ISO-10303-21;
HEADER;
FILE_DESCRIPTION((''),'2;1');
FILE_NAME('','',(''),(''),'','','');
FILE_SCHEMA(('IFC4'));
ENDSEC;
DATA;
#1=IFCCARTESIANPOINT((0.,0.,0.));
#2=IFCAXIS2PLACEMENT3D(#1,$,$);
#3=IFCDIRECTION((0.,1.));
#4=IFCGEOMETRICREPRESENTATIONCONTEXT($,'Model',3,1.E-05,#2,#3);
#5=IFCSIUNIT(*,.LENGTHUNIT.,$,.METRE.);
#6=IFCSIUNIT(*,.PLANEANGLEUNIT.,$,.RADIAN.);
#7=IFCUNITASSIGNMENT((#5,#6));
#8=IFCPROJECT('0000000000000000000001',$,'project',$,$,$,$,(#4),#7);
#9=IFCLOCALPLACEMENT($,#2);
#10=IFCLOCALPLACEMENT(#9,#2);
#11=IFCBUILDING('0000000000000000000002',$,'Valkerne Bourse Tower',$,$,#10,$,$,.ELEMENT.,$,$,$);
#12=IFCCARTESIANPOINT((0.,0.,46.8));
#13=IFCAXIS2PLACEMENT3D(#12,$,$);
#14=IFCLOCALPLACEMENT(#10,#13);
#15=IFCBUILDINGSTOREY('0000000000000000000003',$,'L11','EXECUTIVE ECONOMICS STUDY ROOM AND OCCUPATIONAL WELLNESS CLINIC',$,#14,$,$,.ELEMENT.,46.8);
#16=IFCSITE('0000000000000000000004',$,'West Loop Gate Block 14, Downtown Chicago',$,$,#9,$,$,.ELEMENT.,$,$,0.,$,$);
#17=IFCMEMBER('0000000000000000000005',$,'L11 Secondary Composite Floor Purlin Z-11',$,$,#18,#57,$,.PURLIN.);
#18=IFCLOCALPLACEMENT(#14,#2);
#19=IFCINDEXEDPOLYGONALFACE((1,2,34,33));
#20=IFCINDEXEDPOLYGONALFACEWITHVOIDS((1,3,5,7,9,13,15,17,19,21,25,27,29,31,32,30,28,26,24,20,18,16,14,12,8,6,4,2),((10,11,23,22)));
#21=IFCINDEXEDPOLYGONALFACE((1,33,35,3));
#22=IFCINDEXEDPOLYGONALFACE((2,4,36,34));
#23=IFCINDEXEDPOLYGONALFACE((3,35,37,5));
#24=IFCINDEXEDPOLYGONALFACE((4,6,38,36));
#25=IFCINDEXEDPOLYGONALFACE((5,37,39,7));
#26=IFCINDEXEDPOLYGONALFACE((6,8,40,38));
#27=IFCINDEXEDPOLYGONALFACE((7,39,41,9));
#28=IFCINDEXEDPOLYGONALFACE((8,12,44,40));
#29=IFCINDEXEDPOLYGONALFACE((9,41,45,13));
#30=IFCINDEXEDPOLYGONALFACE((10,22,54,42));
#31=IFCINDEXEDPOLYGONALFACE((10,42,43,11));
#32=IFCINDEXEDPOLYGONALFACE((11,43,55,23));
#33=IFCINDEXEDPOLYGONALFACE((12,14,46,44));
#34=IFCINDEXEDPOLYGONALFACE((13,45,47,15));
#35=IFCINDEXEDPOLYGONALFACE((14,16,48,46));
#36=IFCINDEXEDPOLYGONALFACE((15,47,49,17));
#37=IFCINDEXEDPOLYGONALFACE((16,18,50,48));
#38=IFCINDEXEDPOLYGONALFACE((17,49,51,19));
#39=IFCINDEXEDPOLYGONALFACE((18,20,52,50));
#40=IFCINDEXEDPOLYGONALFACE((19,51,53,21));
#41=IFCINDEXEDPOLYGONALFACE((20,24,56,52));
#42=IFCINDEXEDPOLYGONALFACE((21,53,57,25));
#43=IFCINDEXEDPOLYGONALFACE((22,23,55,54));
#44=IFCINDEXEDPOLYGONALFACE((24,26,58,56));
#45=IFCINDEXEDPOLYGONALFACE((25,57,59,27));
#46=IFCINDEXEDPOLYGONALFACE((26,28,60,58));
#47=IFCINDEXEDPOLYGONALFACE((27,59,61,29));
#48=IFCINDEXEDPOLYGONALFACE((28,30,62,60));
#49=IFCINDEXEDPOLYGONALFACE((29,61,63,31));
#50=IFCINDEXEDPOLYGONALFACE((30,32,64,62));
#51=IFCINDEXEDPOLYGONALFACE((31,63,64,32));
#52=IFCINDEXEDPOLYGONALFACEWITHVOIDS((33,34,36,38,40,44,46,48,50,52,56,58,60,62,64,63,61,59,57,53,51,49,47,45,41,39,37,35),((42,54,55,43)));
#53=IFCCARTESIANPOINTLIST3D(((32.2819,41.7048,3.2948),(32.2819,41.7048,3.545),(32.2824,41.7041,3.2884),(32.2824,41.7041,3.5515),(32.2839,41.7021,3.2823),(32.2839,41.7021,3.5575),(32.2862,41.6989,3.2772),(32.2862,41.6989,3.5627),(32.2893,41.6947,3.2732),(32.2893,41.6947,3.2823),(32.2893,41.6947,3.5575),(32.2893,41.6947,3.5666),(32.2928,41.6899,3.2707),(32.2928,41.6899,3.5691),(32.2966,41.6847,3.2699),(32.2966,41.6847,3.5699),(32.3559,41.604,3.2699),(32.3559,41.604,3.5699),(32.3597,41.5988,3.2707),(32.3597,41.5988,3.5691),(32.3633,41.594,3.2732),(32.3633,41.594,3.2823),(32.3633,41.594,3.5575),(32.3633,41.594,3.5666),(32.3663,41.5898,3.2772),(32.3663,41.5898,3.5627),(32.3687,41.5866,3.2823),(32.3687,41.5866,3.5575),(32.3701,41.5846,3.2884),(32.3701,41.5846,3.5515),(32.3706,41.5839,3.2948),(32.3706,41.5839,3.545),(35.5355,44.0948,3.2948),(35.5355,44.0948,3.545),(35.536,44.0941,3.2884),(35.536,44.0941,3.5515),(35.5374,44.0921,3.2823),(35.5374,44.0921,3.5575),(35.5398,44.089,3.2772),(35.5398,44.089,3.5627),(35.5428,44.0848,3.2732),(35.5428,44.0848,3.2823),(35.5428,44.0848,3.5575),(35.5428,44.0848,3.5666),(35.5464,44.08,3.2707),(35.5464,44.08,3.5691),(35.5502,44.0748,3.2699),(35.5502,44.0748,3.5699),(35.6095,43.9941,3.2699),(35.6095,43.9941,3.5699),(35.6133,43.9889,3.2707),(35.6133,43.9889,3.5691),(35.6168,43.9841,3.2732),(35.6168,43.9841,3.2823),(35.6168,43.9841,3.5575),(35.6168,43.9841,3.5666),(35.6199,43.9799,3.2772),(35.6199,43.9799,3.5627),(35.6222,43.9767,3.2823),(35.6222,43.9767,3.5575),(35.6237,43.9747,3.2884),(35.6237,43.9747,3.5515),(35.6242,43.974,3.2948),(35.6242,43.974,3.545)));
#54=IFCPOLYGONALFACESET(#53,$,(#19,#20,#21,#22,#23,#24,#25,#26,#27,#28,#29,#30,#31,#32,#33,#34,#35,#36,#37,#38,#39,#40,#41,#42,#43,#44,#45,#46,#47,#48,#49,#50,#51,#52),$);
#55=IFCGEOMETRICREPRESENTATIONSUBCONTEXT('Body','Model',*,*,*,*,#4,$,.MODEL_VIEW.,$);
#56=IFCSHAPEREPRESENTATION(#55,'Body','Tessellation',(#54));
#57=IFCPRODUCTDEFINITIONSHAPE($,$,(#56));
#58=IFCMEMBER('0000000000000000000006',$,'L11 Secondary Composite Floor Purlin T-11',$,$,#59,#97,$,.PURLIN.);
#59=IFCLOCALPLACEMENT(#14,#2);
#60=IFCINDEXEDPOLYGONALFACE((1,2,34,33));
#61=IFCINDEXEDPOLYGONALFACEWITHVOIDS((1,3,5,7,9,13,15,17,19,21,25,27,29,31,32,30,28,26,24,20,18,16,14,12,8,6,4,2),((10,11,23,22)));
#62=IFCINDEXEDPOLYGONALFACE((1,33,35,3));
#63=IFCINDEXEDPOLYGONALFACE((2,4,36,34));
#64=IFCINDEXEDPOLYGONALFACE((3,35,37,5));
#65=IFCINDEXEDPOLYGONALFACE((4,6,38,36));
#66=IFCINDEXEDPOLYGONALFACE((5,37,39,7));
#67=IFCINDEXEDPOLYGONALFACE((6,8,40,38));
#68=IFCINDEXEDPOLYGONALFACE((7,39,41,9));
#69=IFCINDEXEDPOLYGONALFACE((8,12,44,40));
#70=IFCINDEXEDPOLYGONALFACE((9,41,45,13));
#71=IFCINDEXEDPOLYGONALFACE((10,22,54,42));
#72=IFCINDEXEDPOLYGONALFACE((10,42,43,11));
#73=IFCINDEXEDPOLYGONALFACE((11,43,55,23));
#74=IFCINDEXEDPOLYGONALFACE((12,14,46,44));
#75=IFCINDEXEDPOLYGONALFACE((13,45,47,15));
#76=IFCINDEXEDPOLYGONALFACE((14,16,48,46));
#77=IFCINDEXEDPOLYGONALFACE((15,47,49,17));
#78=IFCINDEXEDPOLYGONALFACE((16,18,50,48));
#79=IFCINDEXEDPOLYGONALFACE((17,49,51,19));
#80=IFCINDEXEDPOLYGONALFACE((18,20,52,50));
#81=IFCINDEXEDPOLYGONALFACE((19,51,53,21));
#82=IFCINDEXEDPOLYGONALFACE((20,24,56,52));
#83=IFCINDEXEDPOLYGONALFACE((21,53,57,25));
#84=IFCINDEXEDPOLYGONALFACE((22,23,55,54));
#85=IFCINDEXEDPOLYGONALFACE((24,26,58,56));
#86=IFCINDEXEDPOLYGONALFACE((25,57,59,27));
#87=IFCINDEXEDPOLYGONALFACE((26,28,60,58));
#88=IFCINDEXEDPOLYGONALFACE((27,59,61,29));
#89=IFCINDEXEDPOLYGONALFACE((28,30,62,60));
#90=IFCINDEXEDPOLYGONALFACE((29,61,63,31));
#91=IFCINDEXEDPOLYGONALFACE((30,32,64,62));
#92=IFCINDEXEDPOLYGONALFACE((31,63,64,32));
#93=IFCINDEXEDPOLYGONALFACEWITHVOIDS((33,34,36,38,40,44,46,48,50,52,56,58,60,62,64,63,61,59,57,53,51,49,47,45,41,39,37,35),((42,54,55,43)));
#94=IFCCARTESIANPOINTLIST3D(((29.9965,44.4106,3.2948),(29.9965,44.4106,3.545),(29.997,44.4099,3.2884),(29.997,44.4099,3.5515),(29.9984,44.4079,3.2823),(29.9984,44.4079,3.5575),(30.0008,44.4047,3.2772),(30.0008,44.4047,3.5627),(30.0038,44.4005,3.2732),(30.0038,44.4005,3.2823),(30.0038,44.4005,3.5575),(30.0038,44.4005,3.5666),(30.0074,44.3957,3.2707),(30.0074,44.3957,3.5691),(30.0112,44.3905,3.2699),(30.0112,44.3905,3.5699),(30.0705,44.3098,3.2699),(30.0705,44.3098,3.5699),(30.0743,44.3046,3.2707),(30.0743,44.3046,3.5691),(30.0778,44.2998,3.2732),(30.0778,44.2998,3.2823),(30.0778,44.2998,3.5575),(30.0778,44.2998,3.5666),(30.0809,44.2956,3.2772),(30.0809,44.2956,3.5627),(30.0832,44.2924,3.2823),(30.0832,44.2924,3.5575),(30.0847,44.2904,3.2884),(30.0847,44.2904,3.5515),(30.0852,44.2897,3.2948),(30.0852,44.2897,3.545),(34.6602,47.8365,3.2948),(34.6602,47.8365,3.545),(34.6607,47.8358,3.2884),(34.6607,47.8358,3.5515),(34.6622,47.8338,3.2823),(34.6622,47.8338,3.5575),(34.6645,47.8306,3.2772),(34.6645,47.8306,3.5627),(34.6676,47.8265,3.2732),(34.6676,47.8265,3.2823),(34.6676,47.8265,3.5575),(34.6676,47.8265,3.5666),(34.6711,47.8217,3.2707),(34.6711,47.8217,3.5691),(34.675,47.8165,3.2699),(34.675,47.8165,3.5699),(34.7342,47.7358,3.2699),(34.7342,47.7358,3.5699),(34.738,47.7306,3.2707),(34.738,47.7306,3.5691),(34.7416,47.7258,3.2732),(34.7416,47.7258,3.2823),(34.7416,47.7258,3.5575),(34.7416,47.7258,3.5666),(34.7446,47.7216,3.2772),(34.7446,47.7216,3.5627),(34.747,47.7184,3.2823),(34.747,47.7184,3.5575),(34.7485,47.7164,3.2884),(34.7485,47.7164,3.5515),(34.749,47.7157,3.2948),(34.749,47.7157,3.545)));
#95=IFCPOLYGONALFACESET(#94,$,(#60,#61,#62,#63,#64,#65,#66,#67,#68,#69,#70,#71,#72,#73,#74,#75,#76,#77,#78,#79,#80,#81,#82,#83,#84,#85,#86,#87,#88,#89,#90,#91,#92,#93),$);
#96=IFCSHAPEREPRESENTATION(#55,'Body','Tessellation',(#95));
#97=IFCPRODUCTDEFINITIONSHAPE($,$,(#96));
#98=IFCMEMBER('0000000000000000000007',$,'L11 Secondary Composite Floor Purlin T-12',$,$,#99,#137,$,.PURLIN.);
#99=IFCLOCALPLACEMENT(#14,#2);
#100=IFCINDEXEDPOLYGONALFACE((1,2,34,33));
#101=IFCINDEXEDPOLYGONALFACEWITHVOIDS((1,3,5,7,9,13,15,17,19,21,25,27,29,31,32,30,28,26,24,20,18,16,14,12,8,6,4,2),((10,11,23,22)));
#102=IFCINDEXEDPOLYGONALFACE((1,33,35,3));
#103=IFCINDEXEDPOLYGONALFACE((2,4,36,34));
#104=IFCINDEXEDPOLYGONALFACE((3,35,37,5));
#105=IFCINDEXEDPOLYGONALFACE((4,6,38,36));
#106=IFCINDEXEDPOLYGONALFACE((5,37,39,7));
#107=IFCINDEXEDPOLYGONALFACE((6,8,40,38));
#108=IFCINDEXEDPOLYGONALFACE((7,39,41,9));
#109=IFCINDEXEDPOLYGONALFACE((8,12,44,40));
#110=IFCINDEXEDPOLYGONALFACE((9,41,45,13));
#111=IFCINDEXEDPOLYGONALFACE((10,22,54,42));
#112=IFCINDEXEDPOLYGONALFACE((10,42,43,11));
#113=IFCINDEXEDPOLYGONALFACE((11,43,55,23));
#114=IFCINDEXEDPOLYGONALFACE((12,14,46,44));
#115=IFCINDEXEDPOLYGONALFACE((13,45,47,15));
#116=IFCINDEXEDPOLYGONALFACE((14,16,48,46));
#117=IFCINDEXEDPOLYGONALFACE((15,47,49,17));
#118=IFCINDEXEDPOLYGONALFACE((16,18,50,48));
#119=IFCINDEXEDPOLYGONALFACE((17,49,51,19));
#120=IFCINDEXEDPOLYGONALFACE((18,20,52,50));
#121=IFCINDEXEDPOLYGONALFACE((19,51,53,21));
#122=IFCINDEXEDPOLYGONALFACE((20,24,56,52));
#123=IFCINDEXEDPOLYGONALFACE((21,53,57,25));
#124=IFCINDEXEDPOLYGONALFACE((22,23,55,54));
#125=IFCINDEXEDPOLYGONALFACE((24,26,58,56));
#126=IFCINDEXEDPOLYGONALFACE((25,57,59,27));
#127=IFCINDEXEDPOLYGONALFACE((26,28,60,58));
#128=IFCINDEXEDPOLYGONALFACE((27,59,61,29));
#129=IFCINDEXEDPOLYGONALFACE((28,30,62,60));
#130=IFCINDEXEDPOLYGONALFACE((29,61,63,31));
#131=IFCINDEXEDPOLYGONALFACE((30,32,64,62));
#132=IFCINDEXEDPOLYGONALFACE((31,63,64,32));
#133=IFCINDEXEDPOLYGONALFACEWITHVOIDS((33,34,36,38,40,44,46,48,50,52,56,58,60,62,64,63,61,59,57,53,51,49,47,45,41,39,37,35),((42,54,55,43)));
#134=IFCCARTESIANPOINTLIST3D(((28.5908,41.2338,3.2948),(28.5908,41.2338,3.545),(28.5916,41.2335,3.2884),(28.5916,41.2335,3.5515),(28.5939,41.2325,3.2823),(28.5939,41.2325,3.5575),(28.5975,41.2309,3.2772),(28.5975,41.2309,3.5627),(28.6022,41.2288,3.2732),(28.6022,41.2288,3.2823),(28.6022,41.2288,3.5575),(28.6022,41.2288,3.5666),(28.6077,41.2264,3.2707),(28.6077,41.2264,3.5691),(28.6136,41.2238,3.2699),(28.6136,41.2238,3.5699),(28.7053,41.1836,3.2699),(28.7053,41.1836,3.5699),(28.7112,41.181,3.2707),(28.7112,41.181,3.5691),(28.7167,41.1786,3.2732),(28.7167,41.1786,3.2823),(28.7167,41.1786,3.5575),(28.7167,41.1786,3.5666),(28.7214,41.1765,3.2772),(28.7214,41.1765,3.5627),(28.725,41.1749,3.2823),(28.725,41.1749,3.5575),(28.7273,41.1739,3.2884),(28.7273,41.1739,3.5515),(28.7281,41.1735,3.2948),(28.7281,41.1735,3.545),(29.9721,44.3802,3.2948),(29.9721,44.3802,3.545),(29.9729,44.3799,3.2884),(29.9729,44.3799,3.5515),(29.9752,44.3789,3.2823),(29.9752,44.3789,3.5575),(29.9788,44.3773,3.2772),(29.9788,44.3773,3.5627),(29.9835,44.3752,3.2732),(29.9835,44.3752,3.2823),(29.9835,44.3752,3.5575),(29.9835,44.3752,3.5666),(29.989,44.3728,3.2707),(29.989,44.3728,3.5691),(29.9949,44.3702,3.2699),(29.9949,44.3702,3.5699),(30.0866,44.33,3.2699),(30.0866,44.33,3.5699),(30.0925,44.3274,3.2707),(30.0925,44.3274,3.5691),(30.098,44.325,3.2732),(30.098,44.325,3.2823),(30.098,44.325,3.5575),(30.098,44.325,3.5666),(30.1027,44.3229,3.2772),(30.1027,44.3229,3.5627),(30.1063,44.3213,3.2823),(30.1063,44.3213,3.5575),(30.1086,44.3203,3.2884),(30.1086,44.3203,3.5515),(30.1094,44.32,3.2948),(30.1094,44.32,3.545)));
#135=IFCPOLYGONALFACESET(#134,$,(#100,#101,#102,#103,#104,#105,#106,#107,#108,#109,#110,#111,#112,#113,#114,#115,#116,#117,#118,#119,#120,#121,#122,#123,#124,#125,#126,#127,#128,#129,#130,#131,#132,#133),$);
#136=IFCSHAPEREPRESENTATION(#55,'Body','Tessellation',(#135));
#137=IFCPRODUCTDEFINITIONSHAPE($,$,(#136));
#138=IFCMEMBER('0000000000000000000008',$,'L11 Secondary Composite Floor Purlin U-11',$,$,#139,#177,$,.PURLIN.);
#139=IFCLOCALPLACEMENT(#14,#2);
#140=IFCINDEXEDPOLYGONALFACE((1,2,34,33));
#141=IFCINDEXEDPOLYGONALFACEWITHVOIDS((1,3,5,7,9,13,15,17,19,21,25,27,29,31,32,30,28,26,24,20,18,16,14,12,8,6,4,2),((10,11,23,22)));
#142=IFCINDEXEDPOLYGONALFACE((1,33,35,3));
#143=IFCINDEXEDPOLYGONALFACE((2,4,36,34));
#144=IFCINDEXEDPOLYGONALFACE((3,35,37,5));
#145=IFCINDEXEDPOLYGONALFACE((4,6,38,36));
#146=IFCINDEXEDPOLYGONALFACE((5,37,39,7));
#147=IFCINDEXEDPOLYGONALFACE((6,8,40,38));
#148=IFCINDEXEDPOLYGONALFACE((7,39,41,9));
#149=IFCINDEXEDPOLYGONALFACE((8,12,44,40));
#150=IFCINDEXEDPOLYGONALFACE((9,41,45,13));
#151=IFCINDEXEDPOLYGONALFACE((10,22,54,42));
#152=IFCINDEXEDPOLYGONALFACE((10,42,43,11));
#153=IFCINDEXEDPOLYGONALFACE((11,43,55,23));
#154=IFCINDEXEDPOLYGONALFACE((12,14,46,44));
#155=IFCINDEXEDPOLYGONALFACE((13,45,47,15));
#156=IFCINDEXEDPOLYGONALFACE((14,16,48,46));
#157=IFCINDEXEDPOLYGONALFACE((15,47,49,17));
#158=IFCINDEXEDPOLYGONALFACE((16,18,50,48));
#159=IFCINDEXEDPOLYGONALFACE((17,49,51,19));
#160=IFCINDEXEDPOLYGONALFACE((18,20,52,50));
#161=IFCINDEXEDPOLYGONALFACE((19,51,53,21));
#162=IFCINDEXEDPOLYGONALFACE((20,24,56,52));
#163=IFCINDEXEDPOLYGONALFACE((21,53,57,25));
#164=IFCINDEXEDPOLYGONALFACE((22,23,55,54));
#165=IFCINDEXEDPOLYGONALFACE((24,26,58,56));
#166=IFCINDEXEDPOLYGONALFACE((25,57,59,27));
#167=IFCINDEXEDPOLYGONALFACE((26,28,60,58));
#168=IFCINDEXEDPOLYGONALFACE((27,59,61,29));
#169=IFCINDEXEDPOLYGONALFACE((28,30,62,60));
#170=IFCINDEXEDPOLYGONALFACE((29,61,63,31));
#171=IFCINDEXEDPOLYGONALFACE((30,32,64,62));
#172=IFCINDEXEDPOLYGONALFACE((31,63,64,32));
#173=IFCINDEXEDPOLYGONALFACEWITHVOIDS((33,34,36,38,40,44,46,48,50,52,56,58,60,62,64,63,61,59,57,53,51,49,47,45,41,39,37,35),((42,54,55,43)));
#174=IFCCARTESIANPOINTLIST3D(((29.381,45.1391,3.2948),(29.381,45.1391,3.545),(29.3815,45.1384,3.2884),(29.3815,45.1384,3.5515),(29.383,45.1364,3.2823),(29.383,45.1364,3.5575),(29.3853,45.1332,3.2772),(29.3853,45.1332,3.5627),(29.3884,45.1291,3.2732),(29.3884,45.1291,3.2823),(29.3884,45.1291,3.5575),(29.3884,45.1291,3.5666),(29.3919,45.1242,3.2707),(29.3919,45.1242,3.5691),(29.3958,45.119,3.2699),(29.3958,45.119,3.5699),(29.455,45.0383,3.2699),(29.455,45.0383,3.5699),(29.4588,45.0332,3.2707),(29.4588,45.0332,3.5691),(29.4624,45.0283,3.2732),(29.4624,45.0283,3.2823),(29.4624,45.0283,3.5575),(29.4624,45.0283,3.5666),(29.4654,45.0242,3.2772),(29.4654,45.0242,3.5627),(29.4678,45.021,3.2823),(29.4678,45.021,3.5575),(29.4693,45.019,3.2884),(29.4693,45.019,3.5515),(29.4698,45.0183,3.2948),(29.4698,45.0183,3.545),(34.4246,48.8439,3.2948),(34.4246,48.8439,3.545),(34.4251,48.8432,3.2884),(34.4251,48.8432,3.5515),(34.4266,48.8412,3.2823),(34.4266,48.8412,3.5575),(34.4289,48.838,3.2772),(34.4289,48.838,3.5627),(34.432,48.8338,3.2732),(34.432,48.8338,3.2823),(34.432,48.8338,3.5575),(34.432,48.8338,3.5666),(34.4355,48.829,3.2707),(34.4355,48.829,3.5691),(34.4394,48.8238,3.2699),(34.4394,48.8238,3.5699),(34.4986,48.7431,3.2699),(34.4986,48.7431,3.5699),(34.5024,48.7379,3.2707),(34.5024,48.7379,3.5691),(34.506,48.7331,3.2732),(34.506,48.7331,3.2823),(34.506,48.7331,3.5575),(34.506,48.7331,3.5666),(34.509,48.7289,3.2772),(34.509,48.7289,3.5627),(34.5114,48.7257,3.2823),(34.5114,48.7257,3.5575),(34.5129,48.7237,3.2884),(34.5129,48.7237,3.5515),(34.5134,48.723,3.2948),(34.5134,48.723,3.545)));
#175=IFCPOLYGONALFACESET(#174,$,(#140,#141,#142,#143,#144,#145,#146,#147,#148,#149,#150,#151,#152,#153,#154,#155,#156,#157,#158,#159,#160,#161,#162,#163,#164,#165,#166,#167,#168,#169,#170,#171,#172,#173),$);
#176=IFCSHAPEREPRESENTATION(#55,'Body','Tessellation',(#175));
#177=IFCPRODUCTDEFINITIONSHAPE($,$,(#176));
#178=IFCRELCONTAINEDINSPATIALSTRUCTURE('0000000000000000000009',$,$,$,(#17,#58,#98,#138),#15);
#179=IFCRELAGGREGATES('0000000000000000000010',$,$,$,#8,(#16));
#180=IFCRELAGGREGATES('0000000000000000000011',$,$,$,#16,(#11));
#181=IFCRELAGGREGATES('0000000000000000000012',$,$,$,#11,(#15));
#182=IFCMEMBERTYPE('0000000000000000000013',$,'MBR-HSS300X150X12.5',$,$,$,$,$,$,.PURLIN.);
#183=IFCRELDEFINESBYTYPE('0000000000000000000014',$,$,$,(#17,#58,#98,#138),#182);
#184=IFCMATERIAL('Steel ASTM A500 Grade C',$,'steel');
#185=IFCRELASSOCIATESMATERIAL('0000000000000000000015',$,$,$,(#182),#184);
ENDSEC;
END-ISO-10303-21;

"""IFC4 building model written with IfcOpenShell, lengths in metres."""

from ifc_helpers import new_model, si_unit, direction, frame, origin, origin_2d, place, context, subcontext, project, spatial, hollow_rectangle, extrude, material, material_profile, profile_set, type_object, element, save


model = new_model("IFC4")

# Units and contexts
model_context = context("Model", 3, precision=1e-05, world=origin(), true_north=direction((0.0, 1.0)))
body_context = subcontext(model_context, "Body", "Model", "MODEL_VIEW")
ifc_project = project(units=[si_unit("LENGTHUNIT", "METRE"), si_unit("PLANEANGLEUNIT", "RADIAN")], contexts=[model_context])

# Site, building, storey
site_placement = place(None, origin())
site = spatial("IfcSite", under=ifc_project, at=site_placement, Name="West Loop Gate Block 14, Downtown Chicago", CompositionType="ELEMENT", RefElevation=0.0)
building_placement = place(site_placement, origin())
building = spatial("IfcBuilding", under=site, at=building_placement, Name="Valkerne Bourse Tower", CompositionType="ELEMENT")
storey_placement = place(building_placement, frame((0.0, 0.0, 46.8)))
storey = spatial("IfcBuildingStorey", under=building, at=storey_placement, Name="L11", Description="EXECUTIVE ECONOMICS STUDY ROOM AND OCCUPATIONAL WELLNESS CLINIC", CompositionType="ELEMENT", Elevation=46.8)

# Members
ifc_material_1 = material(Name="Steel ASTM A500 Grade C", Category="steel")
ifc_material_profile_1 = material_profile(ifc_material_1, hollow_rectangle(XDim=0.1499, YDim=0.3, WallThickness=0.0125, OuterFilletRadius=0.0249, at=origin_2d()), Name="HSS300X150X12.5")
ifc_profile_set_1 = profile_set([ifc_material_profile_1], Name="Steel ASTM A500 Grade C")
member_type_1 = type_object("IfcMemberType", Name="MBR-HSS300X150X12.5", PredefinedType="PURLIN", material=ifc_profile_set_1)
member_1_placement = place(storey_placement, frame((35.5798, 44.0344, 3.4199), z_axis=(-0.805918, -0.592027, 0.0), x_axis=(0.592027, -0.805918, 0.0)))
element("IfcMember", 1, at=member_1_placement, inside=storey, type_object=member_type_1, Name="L11 Secondary Composite Floor Purlin Z-11", PredefinedType="PURLIN", context=body_context, shape_type="SweptSolid", body=[
    extrude(hollow_rectangle(XDim=0.1499, YDim=0.3, WallThickness=0.0125, OuterFilletRadius=0.0249, at=origin_2d()), origin(), (0.0, 0.0, 1.0), 4.0371),
])
member_2_placement = place(storey_placement, frame((34.7046, 47.7761, 3.4199), z_axis=(-0.805919, -0.592026, 0.0), x_axis=(0.592026, -0.805919, 0.0)))
element("IfcMember", 2, at=member_2_placement, inside=storey, type_object=member_type_1, Name="L11 Secondary Composite Floor Purlin T-11", PredefinedType="PURLIN", context=body_context, shape_type="SweptSolid", body=[
    extrude(hollow_rectangle(XDim=0.1499, YDim=0.3, WallThickness=0.0125, OuterFilletRadius=0.0249, at=origin_2d()), origin(), (0.0, 0.0, 1.0), 5.7869),
])
member_3_placement = place(storey_placement, frame((30.0408, 44.3501, 3.4199), z_axis=(-0.401981, -0.915648, 0.0), x_axis=(0.915648, -0.401981, 0.0)))
element("IfcMember", 3, at=member_3_placement, inside=storey, type_object=member_type_1, Name="L11 Secondary Composite Floor Purlin T-12", PredefinedType="PURLIN", context=body_context, shape_type="SweptSolid", body=[
    extrude(hollow_rectangle(XDim=0.1499, YDim=0.3, WallThickness=0.0125, OuterFilletRadius=0.0249, at=origin_2d()), origin(), (0.0, 0.0, 1.0), 3.4363),
])
member_4_placement = place(storey_placement, frame((34.469, 48.7834, 3.4199), z_axis=(-0.805938, -0.591999, 0.0), x_axis=(0.591999, -0.805938, 0.0)))
element("IfcMember", 4, at=member_4_placement, inside=storey, type_object=member_type_1, Name="L11 Secondary Composite Floor Purlin U-11", PredefinedType="PURLIN", context=body_context, shape_type="SweptSolid", body=[
    extrude(hollow_rectangle(XDim=0.1499, YDim=0.3, WallThickness=0.0125, OuterFilletRadius=0.0249, at=origin_2d()), origin(), (0.0, 0.0, 1.0), 6.2581),
])

save(model, "model.ifc")
